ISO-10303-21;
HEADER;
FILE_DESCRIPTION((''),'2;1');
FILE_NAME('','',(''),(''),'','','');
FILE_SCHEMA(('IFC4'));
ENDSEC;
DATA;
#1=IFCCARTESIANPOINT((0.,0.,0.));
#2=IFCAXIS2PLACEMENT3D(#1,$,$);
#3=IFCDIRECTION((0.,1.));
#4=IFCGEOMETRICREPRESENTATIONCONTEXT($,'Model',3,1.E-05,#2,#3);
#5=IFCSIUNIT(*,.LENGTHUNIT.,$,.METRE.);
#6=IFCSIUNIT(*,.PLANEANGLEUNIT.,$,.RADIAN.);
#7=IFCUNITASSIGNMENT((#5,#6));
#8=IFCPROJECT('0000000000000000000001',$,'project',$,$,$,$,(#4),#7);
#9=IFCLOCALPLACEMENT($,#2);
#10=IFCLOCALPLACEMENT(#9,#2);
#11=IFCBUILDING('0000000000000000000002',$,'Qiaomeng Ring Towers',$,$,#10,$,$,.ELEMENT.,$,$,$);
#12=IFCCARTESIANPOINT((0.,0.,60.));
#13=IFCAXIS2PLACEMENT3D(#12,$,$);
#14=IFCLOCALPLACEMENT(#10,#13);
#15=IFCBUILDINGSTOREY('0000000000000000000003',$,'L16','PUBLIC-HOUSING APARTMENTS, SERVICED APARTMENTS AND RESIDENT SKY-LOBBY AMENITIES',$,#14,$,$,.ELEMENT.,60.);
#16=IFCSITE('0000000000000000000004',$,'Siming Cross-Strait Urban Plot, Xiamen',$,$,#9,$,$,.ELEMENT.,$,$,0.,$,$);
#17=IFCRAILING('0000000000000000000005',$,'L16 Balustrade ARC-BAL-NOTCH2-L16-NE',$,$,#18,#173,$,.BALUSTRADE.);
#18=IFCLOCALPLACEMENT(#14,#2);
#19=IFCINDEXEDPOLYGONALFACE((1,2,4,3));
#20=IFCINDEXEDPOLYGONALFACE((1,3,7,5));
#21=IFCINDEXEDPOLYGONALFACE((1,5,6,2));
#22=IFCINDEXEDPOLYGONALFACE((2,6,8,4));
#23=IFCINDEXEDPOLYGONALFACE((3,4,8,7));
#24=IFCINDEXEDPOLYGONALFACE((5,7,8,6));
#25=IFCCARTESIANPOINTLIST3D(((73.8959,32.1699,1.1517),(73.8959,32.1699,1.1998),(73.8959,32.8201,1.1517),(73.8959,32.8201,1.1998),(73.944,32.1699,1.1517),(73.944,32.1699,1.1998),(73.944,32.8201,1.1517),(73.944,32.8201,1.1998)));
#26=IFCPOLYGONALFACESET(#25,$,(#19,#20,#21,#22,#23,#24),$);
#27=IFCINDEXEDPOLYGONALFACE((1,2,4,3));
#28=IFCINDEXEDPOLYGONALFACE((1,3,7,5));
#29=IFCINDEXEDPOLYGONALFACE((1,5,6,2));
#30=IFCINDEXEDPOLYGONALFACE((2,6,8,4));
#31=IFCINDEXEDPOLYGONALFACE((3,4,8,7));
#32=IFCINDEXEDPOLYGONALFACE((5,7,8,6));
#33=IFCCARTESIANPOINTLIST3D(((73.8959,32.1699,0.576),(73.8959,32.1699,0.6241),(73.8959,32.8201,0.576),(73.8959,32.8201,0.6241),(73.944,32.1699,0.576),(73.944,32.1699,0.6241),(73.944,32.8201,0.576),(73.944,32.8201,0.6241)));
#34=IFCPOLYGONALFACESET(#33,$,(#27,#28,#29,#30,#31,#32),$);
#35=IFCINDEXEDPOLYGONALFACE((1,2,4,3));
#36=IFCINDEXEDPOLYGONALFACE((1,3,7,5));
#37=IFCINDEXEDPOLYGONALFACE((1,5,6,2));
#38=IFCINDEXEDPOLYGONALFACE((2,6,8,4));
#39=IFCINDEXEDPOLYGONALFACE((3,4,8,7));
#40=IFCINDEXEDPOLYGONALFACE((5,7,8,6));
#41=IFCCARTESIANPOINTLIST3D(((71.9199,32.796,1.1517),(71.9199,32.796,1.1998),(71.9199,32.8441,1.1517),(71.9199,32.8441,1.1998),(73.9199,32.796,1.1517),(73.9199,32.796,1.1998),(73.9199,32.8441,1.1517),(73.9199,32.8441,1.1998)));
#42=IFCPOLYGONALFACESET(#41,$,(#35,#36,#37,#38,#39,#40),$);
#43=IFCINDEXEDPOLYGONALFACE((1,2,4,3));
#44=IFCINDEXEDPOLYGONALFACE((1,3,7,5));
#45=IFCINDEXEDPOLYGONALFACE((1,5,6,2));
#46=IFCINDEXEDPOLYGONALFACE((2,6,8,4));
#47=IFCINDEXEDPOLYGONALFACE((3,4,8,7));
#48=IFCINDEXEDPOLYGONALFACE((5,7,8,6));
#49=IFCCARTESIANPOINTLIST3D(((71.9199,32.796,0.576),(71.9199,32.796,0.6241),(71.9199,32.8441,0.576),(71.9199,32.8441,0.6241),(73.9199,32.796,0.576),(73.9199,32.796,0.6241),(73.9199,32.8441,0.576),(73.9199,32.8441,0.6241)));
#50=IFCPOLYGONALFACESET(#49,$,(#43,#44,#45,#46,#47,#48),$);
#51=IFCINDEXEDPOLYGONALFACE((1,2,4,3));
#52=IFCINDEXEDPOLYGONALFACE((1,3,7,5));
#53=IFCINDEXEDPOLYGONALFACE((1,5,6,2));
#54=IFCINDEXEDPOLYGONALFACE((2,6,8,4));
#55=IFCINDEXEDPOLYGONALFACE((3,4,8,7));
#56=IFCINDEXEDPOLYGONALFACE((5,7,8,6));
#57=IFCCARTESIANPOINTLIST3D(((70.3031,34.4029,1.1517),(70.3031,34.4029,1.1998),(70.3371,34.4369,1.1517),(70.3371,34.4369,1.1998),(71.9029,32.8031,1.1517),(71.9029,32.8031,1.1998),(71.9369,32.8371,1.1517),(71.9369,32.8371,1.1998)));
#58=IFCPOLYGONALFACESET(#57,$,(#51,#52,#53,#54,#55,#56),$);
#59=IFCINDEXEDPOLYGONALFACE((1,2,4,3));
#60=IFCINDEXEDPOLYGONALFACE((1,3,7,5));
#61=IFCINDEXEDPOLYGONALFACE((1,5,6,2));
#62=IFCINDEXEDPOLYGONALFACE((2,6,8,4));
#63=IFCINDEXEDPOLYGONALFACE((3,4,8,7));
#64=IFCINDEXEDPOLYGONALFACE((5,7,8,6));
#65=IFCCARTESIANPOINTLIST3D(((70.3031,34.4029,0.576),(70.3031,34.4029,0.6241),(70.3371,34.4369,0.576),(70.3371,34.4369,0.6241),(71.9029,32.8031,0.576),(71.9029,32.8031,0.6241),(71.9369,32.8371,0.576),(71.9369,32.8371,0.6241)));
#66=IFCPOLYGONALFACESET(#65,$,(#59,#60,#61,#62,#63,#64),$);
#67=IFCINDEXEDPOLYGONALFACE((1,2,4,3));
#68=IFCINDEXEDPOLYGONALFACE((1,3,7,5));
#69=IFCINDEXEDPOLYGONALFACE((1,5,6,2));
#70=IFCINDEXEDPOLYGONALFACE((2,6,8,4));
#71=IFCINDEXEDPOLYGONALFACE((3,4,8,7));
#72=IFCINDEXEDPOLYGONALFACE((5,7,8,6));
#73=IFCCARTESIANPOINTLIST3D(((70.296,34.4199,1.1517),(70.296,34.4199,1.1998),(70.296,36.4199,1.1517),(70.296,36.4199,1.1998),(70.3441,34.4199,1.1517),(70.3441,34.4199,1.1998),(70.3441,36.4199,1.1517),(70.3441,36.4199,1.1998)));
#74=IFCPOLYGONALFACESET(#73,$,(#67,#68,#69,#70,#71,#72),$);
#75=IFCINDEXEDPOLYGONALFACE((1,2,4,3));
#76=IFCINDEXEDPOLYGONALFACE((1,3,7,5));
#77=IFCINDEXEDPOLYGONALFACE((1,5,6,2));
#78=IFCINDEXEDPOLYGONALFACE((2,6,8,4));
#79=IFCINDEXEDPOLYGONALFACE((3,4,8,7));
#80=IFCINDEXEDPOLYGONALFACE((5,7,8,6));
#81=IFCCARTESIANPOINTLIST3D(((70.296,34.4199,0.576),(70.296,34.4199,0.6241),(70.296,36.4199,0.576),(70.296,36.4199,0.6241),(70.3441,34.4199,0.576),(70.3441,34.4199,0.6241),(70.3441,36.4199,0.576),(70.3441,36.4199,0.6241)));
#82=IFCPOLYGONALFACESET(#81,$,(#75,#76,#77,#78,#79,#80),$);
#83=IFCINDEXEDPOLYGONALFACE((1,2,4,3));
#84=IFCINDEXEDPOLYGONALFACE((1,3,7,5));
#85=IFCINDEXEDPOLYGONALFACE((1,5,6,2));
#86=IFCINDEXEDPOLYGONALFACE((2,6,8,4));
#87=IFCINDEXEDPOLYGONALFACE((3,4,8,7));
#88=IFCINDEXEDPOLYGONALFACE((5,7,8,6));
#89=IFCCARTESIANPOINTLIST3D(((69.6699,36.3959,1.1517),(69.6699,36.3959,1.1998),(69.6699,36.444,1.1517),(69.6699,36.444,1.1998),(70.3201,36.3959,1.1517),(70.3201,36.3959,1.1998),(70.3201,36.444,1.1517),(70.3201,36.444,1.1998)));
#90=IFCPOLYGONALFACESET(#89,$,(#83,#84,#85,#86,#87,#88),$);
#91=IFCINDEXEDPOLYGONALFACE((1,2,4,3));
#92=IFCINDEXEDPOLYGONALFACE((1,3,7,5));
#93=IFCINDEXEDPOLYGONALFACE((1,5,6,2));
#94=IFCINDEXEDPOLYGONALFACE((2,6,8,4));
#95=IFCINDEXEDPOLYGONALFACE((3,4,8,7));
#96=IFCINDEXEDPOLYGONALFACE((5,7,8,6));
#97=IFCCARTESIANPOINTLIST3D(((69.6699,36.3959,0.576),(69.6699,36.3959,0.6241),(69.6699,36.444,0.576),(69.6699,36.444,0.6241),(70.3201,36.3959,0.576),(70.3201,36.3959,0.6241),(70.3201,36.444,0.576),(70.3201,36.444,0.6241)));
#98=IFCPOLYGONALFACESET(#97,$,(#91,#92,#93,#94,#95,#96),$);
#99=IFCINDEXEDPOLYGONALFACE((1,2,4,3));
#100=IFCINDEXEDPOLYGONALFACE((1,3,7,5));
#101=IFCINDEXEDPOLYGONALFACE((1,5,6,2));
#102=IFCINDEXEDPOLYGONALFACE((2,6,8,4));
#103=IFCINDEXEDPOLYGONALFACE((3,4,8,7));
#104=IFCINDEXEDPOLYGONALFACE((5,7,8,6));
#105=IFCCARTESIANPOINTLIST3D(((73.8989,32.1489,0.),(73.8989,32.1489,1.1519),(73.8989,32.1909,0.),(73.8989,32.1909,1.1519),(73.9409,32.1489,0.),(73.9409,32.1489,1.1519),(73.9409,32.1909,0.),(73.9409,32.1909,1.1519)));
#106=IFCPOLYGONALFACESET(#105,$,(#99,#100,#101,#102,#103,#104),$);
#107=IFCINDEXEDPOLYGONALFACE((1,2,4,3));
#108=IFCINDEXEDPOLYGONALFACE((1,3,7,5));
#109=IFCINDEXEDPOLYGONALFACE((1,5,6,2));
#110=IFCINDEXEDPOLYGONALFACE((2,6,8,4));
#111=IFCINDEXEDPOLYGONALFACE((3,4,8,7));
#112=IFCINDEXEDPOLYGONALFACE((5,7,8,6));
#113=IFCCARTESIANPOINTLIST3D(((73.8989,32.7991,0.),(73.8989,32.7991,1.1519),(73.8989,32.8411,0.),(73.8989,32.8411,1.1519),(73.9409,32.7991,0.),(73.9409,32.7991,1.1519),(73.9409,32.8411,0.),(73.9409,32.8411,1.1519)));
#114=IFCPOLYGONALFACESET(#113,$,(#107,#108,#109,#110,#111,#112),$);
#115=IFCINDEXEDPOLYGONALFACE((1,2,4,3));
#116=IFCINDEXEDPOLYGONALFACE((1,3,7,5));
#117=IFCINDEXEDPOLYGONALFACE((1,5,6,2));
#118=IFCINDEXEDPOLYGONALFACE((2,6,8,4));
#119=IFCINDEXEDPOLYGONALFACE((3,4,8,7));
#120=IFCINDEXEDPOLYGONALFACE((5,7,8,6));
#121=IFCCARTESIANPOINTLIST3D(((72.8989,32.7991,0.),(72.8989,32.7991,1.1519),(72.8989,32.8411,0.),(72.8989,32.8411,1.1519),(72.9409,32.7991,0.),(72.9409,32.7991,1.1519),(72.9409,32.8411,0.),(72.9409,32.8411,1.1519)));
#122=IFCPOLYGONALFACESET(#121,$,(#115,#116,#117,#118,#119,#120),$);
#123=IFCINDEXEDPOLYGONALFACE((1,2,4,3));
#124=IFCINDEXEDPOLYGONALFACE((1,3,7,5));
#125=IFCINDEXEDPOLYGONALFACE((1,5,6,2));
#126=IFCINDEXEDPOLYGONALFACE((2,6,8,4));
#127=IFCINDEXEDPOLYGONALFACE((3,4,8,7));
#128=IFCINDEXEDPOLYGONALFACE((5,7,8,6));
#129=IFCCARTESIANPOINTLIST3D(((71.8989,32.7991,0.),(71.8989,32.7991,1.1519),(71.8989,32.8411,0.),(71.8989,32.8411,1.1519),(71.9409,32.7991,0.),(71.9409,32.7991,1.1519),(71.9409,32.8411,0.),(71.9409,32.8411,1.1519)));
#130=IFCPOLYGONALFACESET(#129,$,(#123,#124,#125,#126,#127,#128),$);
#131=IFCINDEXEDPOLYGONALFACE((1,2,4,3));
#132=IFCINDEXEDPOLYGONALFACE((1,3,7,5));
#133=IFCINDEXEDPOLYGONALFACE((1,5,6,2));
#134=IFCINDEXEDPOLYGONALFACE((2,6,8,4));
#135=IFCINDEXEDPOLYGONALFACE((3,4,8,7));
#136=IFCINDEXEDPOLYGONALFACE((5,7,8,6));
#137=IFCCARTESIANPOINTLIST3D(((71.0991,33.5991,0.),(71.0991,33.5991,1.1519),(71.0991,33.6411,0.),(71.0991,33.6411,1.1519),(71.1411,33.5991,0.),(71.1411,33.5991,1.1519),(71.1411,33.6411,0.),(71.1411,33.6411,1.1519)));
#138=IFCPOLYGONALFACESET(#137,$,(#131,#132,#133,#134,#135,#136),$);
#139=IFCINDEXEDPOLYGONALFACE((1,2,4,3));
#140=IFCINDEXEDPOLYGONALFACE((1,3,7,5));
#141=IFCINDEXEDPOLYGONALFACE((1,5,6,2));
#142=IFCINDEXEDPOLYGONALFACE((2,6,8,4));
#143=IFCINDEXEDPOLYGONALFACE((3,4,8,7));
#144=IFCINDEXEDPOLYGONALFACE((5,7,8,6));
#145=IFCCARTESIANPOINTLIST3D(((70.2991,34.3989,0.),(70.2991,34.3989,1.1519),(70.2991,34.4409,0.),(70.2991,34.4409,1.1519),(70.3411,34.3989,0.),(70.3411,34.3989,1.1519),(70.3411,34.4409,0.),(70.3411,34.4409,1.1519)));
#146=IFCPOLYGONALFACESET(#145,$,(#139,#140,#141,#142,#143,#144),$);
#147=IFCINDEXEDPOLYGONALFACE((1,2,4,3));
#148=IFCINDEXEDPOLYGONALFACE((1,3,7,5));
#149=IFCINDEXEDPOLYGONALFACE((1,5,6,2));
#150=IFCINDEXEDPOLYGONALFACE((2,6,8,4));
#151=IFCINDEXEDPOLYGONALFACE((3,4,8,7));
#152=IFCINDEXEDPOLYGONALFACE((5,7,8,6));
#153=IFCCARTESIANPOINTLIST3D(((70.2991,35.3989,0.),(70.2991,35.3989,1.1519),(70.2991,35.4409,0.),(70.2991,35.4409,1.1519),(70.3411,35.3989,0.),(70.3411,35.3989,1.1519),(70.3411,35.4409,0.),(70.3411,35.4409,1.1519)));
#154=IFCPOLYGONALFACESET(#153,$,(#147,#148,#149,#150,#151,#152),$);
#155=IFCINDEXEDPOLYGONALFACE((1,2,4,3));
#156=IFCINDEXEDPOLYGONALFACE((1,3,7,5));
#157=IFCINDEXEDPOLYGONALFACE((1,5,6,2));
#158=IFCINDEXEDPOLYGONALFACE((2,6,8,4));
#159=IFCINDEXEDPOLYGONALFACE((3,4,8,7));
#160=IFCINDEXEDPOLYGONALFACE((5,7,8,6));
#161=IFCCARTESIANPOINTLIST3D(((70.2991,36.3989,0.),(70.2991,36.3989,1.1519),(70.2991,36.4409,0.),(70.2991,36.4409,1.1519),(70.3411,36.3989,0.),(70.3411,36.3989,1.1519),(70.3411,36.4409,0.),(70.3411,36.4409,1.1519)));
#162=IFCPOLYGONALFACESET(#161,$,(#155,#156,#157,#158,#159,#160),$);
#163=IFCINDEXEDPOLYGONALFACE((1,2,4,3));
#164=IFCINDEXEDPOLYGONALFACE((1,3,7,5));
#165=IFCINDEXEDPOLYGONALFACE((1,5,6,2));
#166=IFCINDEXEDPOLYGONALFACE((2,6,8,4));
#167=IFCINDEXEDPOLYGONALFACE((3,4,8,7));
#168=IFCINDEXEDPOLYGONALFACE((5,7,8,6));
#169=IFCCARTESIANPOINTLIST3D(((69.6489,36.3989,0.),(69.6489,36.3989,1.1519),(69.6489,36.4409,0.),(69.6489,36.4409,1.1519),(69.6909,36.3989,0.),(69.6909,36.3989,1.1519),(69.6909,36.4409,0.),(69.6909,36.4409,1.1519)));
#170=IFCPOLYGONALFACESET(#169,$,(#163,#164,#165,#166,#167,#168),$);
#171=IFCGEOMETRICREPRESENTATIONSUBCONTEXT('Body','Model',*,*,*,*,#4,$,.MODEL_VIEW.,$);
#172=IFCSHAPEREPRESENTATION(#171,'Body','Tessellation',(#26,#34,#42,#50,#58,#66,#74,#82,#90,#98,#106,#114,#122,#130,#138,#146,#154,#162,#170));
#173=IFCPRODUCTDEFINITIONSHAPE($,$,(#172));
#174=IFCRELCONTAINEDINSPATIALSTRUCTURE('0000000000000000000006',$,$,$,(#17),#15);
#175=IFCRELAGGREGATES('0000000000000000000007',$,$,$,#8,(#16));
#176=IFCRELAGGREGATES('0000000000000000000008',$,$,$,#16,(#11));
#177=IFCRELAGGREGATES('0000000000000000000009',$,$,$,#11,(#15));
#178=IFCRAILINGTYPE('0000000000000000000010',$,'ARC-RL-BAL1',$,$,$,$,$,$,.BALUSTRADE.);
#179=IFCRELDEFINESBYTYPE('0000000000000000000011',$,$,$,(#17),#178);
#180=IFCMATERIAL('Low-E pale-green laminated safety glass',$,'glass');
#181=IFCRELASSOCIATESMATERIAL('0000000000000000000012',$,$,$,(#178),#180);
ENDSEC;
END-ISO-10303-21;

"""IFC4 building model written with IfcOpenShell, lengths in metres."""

from ifc_helpers import new_model, si_unit, direction, frame, origin, origin_2d, place, context, subcontext, project, spatial, rectangle, extrude, material, type_object, element, save


model = new_model("IFC4")

# Units and contexts
model_context = context("Model", 3, precision=1e-05, world=origin(), true_north=direction((0.0, 1.0)))
body_context = subcontext(model_context, "Body", "Model", "MODEL_VIEW")
ifc_project = project(units=[si_unit("LENGTHUNIT", "METRE"), si_unit("PLANEANGLEUNIT", "RADIAN")], contexts=[model_context])

# Site, building, storey
site_placement = place(None, origin())
site = spatial("IfcSite", under=ifc_project, at=site_placement, Name="Siming Cross-Strait Urban Plot, Xiamen", CompositionType="ELEMENT", RefElevation=0.0)
building_placement = place(site_placement, origin())
building = spatial("IfcBuilding", under=site, at=building_placement, Name="Qiaomeng Ring Towers", CompositionType="ELEMENT")
storey_placement = place(building_placement, frame((0.0, 0.0, 60.0)))
storey = spatial("IfcBuildingStorey", under=building, at=storey_placement, Name="L16", Description="PUBLIC-HOUSING APARTMENTS, SERVICED APARTMENTS AND RESIDENT SKY-LOBBY AMENITIES", CompositionType="ELEMENT", Elevation=60.0)

# Railing
ifc_material_1 = material(Name="Low-E pale-green laminated safety glass", Category="glass")
railing_type = type_object("IfcRailingType", Name="ARC-RL-BAL1", PredefinedType="BALUSTRADE", material=ifc_material_1)
railing_1_placement = place(storey_placement, frame((73.9199, 32.1699, 0.0)))
element("IfcRailing", 1, at=railing_1_placement, inside=storey, type_object=railing_type, Name="L16 Balustrade ARC-BAL-NOTCH2-L16-NE", PredefinedType="BALUSTRADE", context=body_context, shape_type="SweptSolid", body=[
    extrude(rectangle(XDim=0.0481, YDim=0.0481, at=origin_2d()), frame((0.0, 0.0, 1.1758), z_axis=(0.0, 1.0, 0.0), x_axis=(-1.0, 0.0, 0.0)), (0.0, 0.0, 1.0), 0.6501),
    extrude(rectangle(XDim=0.0481, YDim=0.0481, at=origin_2d()), frame((0.0, 0.0, 0.6001), z_axis=(0.0, 1.0, 0.0), x_axis=(-1.0, 0.0, 0.0)), (0.0, 0.0, 1.0), 0.6501),
    extrude(rectangle(XDim=0.0481, YDim=0.0481, at=origin_2d()), frame((0.0, 0.6501, 1.1758), z_axis=(-1.0, 0.0, 0.0), x_axis=(0.0, -1.0, 0.0)), (0.0, 0.0, 1.0), 2.0),
    extrude(rectangle(XDim=0.0481, YDim=0.0481, at=origin_2d()), frame((0.0, 0.6501, 0.6001), z_axis=(-1.0, 0.0, 0.0), x_axis=(0.0, -1.0, 0.0)), (0.0, 0.0, 1.0), 2.0),
    extrude(rectangle(XDim=0.0481, YDim=0.0481, at=origin_2d()), frame((-2.0, 0.6501, 1.1758), z_axis=(-0.707107, 0.707107, 0.0), x_axis=(-0.707107, -0.707107, 0.0)), (0.0, 0.0, 1.0), 2.2625),
    extrude(rectangle(XDim=0.0481, YDim=0.0481, at=origin_2d()), frame((-2.0, 0.6501, 0.6001), z_axis=(-0.707107, 0.707107, 0.0), x_axis=(-0.707107, -0.707107, 0.0)), (0.0, 0.0, 1.0), 2.2625),
    extrude(rectangle(XDim=0.0481, YDim=0.0481, at=origin_2d()), frame((-3.5999, 2.25, 1.1758), z_axis=(0.0, 1.0, 0.0), x_axis=(-1.0, 0.0, 0.0)), (0.0, 0.0, 1.0), 2.0),
    extrude(rectangle(XDim=0.0481, YDim=0.0481, at=origin_2d()), frame((-3.5999, 2.25, 0.6001), z_axis=(0.0, 1.0, 0.0), x_axis=(-1.0, 0.0, 0.0)), (0.0, 0.0, 1.0), 2.0),
    extrude(rectangle(XDim=0.0481, YDim=0.0481, at=origin_2d()), frame((-3.5999, 4.25, 1.1758), z_axis=(-1.0, 0.0, 0.0), x_axis=(0.0, -1.0, 0.0)), (0.0, 0.0, 1.0), 0.6501),
    extrude(rectangle(XDim=0.0481, YDim=0.0481, at=origin_2d()), frame((-3.5999, 4.25, 0.6001), z_axis=(-1.0, 0.0, 0.0), x_axis=(0.0, -1.0, 0.0)), (0.0, 0.0, 1.0), 0.6501),
    extrude(rectangle(XDim=0.042, YDim=0.042, at=origin_2d()), origin(), (0.0, 0.0, 1.0), 1.1519),
    extrude(rectangle(XDim=0.042, YDim=0.042, at=origin_2d()), frame((0.0, 0.6501, 0.0)), (0.0, 0.0, 1.0), 1.1519),
    extrude(rectangle(XDim=0.042, YDim=0.042, at=origin_2d()), frame((-1.0, 0.6501, 0.0)), (0.0, 0.0, 1.0), 1.1519),
    extrude(rectangle(XDim=0.042, YDim=0.042, at=origin_2d()), frame((-2.0, 0.6501, 0.0)), (0.0, 0.0, 1.0), 1.1519),
    extrude(rectangle(XDim=0.042, YDim=0.042, at=origin_2d()), frame((-2.7998, 1.4502, 0.0)), (0.0, 0.0, 1.0), 1.1519),
    extrude(rectangle(XDim=0.042, YDim=0.042, at=origin_2d()), frame((-3.5999, 2.25, 0.0)), (0.0, 0.0, 1.0), 1.1519),
    extrude(rectangle(XDim=0.042, YDim=0.042, at=origin_2d()), frame((-3.5999, 3.25, 0.0)), (0.0, 0.0, 1.0), 1.1519),
    extrude(rectangle(XDim=0.042, YDim=0.042, at=origin_2d()), frame((-3.5999, 4.25, 0.0)), (0.0, 0.0, 1.0), 1.1519),
    extrude(rectangle(XDim=0.042, YDim=0.042, at=origin_2d()), frame((-4.25, 4.25, 0.0)), (0.0, 0.0, 1.0), 1.1519),
])

save(model, "model.ifc")
